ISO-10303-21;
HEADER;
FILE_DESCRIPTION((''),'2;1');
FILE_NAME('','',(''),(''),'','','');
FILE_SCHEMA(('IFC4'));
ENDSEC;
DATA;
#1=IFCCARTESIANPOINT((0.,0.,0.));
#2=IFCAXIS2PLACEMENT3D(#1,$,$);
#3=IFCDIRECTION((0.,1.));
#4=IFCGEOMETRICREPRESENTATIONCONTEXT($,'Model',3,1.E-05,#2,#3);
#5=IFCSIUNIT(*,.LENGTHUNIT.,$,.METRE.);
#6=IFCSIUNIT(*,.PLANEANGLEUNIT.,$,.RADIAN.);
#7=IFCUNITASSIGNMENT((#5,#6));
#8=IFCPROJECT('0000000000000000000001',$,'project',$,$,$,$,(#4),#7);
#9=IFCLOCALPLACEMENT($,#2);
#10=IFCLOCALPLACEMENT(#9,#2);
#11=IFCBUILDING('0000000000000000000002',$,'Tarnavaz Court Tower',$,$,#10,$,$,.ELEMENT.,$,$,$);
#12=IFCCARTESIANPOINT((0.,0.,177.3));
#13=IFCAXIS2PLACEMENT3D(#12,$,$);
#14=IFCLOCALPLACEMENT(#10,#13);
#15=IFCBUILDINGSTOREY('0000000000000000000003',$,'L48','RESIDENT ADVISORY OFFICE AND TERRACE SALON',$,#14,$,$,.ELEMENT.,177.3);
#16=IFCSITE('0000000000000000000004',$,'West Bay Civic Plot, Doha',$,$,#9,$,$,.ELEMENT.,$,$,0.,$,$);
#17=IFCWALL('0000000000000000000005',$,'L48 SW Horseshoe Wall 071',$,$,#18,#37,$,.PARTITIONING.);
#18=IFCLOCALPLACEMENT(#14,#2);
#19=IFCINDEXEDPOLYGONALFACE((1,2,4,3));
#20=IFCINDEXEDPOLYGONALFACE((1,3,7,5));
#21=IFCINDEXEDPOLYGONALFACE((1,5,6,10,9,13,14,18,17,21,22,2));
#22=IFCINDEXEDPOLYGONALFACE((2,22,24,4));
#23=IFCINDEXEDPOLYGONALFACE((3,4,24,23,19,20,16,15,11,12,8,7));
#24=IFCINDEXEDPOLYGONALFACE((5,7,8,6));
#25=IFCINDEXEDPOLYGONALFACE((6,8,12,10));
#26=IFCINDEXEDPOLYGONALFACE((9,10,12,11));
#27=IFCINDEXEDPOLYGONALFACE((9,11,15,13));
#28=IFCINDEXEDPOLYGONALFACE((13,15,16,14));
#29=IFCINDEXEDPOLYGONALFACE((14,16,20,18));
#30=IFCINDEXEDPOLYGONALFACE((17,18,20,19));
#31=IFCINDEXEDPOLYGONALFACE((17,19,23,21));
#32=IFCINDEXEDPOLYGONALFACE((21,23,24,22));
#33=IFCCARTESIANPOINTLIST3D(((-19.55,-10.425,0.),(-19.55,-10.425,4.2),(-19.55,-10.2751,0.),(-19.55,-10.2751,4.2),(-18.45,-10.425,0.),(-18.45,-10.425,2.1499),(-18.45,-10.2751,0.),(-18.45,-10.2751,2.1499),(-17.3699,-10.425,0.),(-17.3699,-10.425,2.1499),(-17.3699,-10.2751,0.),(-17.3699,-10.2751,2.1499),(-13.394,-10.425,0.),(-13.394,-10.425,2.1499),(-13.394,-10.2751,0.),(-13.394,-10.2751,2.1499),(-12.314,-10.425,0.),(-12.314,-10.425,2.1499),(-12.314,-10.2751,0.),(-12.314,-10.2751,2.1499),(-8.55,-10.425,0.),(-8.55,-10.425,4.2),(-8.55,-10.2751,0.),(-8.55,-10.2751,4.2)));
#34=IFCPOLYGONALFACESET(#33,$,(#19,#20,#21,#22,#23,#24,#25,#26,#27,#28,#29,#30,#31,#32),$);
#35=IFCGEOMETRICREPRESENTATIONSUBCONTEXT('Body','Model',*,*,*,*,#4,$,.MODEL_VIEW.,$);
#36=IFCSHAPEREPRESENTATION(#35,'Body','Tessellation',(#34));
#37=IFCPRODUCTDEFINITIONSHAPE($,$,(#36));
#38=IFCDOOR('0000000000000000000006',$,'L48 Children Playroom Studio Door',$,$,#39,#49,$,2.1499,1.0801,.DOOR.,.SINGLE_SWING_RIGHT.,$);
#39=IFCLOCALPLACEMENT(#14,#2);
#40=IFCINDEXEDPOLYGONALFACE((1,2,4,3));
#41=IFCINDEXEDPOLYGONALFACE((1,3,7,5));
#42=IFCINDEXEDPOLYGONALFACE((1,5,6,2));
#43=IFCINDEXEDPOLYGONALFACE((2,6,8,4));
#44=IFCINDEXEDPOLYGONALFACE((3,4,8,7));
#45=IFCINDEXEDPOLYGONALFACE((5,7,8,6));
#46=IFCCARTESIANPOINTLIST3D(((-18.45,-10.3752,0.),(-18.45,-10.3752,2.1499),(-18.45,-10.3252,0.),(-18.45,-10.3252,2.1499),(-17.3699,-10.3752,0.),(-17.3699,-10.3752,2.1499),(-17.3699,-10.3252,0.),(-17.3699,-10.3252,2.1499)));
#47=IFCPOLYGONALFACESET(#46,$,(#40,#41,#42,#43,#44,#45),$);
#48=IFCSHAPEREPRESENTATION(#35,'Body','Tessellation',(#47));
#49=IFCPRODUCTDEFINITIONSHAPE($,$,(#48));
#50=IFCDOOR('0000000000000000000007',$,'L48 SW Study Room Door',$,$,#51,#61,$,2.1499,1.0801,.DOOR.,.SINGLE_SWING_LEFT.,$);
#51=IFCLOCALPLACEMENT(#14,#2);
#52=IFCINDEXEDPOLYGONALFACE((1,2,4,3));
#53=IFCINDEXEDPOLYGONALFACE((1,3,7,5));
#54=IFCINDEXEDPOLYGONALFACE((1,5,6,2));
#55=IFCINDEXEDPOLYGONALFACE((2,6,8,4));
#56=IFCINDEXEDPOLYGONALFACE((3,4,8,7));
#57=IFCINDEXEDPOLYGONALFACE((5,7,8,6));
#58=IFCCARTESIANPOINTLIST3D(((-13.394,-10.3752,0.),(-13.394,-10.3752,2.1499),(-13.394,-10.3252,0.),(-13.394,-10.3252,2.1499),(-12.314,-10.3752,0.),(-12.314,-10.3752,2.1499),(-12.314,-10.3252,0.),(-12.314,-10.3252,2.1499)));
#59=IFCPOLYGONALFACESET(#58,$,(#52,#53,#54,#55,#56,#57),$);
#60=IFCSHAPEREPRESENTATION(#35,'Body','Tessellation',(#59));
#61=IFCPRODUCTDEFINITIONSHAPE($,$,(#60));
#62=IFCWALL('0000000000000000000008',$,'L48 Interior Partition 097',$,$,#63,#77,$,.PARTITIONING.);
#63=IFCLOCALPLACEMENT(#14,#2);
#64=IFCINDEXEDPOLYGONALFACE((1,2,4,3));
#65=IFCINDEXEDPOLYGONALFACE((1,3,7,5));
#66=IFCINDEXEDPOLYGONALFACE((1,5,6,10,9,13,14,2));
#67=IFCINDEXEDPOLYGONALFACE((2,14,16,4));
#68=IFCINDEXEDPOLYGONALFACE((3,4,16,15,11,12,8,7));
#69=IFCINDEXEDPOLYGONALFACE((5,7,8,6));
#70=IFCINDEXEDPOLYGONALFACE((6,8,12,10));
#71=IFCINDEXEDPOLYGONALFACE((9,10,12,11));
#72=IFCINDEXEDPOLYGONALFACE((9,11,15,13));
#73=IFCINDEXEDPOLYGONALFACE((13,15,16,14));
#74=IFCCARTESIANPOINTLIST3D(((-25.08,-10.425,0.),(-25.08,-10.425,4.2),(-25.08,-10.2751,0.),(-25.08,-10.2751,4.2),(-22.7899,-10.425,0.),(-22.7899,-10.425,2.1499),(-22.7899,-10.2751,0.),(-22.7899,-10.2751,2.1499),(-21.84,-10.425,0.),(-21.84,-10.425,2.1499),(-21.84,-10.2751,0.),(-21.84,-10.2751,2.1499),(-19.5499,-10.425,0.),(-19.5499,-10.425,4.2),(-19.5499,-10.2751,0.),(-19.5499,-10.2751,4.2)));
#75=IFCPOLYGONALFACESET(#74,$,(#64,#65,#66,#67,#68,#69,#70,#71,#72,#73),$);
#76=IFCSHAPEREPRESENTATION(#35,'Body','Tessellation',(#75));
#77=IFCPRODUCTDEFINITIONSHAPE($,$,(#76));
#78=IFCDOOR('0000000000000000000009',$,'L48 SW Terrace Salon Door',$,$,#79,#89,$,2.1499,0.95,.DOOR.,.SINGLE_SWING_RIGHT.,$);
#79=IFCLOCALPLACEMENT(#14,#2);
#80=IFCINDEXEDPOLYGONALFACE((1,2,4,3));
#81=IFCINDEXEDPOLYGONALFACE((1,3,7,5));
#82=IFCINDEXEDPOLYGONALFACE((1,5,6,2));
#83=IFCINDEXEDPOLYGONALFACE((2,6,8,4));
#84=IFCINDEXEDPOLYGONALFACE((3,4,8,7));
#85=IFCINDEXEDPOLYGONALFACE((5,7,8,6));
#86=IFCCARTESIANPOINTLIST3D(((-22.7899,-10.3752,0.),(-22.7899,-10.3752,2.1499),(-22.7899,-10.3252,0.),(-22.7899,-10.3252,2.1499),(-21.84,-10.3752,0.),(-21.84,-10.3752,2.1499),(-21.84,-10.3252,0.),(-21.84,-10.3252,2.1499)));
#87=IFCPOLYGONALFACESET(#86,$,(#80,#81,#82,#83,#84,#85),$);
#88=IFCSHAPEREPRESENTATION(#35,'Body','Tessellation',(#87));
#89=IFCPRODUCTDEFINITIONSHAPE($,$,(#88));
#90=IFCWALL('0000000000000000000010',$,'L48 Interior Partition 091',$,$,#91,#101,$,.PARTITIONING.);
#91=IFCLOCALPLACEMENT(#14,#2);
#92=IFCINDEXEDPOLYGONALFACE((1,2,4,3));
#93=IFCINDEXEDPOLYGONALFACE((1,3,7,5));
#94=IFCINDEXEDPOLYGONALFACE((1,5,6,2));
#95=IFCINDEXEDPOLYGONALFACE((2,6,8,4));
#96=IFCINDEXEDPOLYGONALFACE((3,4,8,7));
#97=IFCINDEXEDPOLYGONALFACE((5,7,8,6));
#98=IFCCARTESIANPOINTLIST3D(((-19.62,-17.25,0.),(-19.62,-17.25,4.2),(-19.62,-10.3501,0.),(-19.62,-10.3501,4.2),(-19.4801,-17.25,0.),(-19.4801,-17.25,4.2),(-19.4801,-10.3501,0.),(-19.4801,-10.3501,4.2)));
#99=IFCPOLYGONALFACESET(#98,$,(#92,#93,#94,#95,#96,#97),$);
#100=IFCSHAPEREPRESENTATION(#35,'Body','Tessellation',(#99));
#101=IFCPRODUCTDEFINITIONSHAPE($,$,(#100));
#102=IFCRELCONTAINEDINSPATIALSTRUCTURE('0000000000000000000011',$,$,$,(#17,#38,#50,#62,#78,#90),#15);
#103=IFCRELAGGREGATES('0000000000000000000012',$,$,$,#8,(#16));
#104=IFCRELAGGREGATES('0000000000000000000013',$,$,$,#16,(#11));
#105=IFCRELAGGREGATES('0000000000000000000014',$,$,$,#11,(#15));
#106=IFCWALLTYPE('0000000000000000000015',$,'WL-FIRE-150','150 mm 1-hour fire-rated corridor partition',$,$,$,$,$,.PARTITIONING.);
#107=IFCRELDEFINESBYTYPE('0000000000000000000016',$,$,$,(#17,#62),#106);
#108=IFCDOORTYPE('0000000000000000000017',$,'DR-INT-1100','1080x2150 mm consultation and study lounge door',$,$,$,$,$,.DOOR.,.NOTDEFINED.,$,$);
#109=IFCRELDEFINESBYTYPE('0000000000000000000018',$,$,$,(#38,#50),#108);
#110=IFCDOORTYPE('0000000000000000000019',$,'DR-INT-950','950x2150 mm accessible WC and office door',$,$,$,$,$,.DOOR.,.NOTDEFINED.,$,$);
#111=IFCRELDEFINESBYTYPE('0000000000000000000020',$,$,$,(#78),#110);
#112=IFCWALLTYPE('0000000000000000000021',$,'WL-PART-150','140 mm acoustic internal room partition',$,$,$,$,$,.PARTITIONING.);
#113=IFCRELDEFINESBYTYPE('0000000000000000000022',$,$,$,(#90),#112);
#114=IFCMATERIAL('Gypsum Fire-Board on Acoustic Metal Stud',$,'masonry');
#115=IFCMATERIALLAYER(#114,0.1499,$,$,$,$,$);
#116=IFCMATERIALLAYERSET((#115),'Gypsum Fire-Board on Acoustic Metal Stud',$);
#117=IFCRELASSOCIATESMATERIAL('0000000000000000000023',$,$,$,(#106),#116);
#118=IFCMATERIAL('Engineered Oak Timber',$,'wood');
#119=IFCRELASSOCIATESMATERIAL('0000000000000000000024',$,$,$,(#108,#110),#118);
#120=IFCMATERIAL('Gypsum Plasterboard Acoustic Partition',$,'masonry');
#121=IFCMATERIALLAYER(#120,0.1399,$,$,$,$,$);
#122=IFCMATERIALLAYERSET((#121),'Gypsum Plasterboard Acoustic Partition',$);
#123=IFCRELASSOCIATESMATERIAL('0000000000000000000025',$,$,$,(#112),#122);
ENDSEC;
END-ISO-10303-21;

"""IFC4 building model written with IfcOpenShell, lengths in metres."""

from ifc_helpers import new_model, si_unit, direction, frame, frame_2d, origin, place, context, subcontext, project, spatial, rectangle, extrude, material, layer, layer_set, type_object, element, fill, save


model = new_model("IFC4")

# Units and contexts
model_context = context("Model", 3, precision=1e-05, world=origin(), true_north=direction((0.0, 1.0)))
body_context = subcontext(model_context, "Body", "Model", "MODEL_VIEW")
ifc_project = project(units=[si_unit("LENGTHUNIT", "METRE"), si_unit("PLANEANGLEUNIT", "RADIAN")], contexts=[model_context])

# Site, building, storey
site_placement = place(None, origin())
site = spatial("IfcSite", under=ifc_project, at=site_placement, Name="West Bay Civic Plot, Doha", CompositionType="ELEMENT", RefElevation=0.0)
building_placement = place(site_placement, origin())
building = spatial("IfcBuilding", under=site, at=building_placement, Name="Tarnavaz Court Tower", CompositionType="ELEMENT")
storey_placement = place(building_placement, frame((0.0, 0.0, 177.3)))
storey = spatial("IfcBuildingStorey", under=building, at=storey_placement, Name="L48", Description="RESIDENT ADVISORY OFFICE AND TERRACE SALON", CompositionType="ELEMENT", Elevation=177.3)

# Wall, openings, doors
ifc_material_1 = material(Name="Gypsum Fire-Board on Acoustic Metal Stud", Category="masonry")
ifc_layer_1 = layer(ifc_material_1, 0.1499)
ifc_layer_set_1 = layer_set([ifc_layer_1], Name="Gypsum Fire-Board on Acoustic Metal Stud")
wall_type_1 = type_object("IfcWallType", Name="WL-FIRE-150", Description="150 mm 1-hour fire-rated corridor partition", PredefinedType="PARTITIONING", material=ifc_layer_set_1)
wall_1_placement = place(storey_placement, frame((-19.55, -10.3501, 0.0), z_axis=(0.0, 0.0, 1.0), x_axis=(1.0, 0.0, 0.0)))
wall_1 = element("IfcWall", 1, at=wall_1_placement, inside=storey, type_object=wall_type_1, Name="L48 SW Horseshoe Wall 071", PredefinedType="PARTITIONING", context=body_context, shape_type="SweptSolid", body=[
    extrude(rectangle(XDim=11.0, YDim=0.1499, at=frame_2d((5.5, 0.0))), origin(), (0.0, 0.0, 1.0), 4.2),
])
opening_1_placement = place(wall_1_placement, frame((1.1001, 0.0, 0.0)))
opening_1 = element("IfcOpeningElement", 2, at=opening_1_placement, cuts=wall_1, PredefinedType="OPENING", context=body_context, shape_type="SweptSolid", body=[
    extrude(rectangle(XDim=1.0801, YDim=2.1499, at=frame_2d((0.54, 1.075))), frame((0.0, 0.085, 0.0), z_axis=(0.0, -1.0, 0.0), x_axis=(1.0, 0.0, 0.0)), (0.0, 0.0, 1.0), 0.1699),
])
opening_2_placement = place(wall_1_placement, frame((6.156, 0.0, 0.0)))
opening_2 = element("IfcOpeningElement", 3, at=opening_2_placement, cuts=wall_1, PredefinedType="OPENING", context=body_context, shape_type="SweptSolid", body=[
    extrude(rectangle(XDim=1.0801, YDim=2.1499, at=frame_2d((0.54, 1.075))), frame((0.0, 0.085, 0.0), z_axis=(0.0, -1.0, 0.0), x_axis=(1.0, 0.0, 0.0)), (0.0, 0.0, 1.0), 0.1699),
])
ifc_material_2 = material(Name="Engineered Oak Timber", Category="wood")
door_type_1 = type_object("IfcDoorType", Name="DR-INT-1100", Description="1080x2150 mm consultation and study lounge door", OperationType="NOTDEFINED", PredefinedType="DOOR", material=ifc_material_2)
door_1_placement = place(opening_1_placement, origin())
door_1 = element("IfcDoor", 4, at=door_1_placement, inside=storey, type_object=door_type_1, Name="L48 Children Playroom Studio Door", OperationType="SINGLE_SWING_RIGHT", OverallHeight=2.1499, OverallWidth=1.0801, PredefinedType="DOOR", context=body_context, shape_type="SweptSolid", body=[
    extrude(rectangle(XDim=1.0801, YDim=2.1499, at=frame_2d((0.54, 1.075))), frame((0.0, 0.0249, 0.0), z_axis=(0.0, -1.0, 0.0), x_axis=(1.0, 0.0, 0.0)), (0.0, 0.0, 1.0), 0.05),
])
fill(opening_1, door_1)
door_2_placement = place(opening_2_placement, origin())
door_2 = element("IfcDoor", 5, at=door_2_placement, inside=storey, type_object=door_type_1, Name="L48 SW Study Room Door", OperationType="SINGLE_SWING_LEFT", OverallHeight=2.1499, OverallWidth=1.0801, PredefinedType="DOOR", context=body_context, shape_type="SweptSolid", body=[
    extrude(rectangle(XDim=1.0801, YDim=2.1499, at=frame_2d((0.54, 1.075))), frame((0.0, 0.0249, 0.0), z_axis=(0.0, -1.0, 0.0), x_axis=(1.0, 0.0, 0.0)), (0.0, 0.0, 1.0), 0.05),
])
fill(opening_2, door_2)

# Wall, opening, door
wall_2_placement = place(storey_placement, frame((-25.0801, -10.3501, 0.0), z_axis=(0.0, 0.0, 1.0), x_axis=(1.0, 0.0, 0.0)))
wall_2 = element("IfcWall", 6, at=wall_2_placement, inside=storey, type_object=wall_type_1, Name="L48 Interior Partition 097", PredefinedType="PARTITIONING", context=body_context, shape_type="SweptSolid", body=[
    extrude(rectangle(XDim=5.53, YDim=0.1499, at=frame_2d((2.7651, 0.0))), origin(), (0.0, 0.0, 1.0), 4.2),
])
opening_3_placement = place(wall_2_placement, frame((2.29, 0.0, 0.0)))
opening_3 = element("IfcOpeningElement", 7, at=opening_3_placement, cuts=wall_2, PredefinedType="OPENING", context=body_context, shape_type="SweptSolid", body=[
    extrude(rectangle(XDim=0.95, YDim=2.1499, at=frame_2d((0.4751, 1.075))), frame((0.0, 0.085, 0.0), z_axis=(0.0, -1.0, 0.0), x_axis=(1.0, 0.0, 0.0)), (0.0, 0.0, 1.0), 0.1699),
])
door_type_2 = type_object("IfcDoorType", Name="DR-INT-950", Description="950x2150 mm accessible WC and office door", OperationType="NOTDEFINED", PredefinedType="DOOR", material=ifc_material_2)
door_3_placement = place(opening_3_placement, origin())
door_3 = element("IfcDoor", 8, at=door_3_placement, inside=storey, type_object=door_type_2, Name="L48 SW Terrace Salon Door", OperationType="SINGLE_SWING_RIGHT", OverallHeight=2.1499, OverallWidth=0.95, PredefinedType="DOOR", context=body_context, shape_type="SweptSolid", body=[
    extrude(rectangle(XDim=0.95, YDim=2.1499, at=frame_2d((0.4751, 1.075))), frame((0.0, 0.0249, 0.0), z_axis=(0.0, -1.0, 0.0), x_axis=(1.0, 0.0, 0.0)), (0.0, 0.0, 1.0), 0.05),
])
fill(opening_3, door_3)

# Wall
ifc_material_3 = material(Name="Gypsum Plasterboard Acoustic Partition", Category="masonry")
ifc_layer_2 = layer(ifc_material_3, 0.1399)
ifc_layer_set_2 = layer_set([ifc_layer_2], Name="Gypsum Plasterboard Acoustic Partition")
wall_type_2 = type_object("IfcWallType", Name="WL-PART-150", Description="140 mm acoustic internal room partition", PredefinedType="PARTITIONING", material=ifc_layer_set_2)
wall_3_placement = place(storey_placement, frame((-19.55, -17.25, 0.0), z_axis=(0.0, 0.0, 1.0), x_axis=(0.0, 1.0, 0.0)))
element("IfcWall", 9, at=wall_3_placement, inside=storey, type_object=wall_type_2, Name="L48 Interior Partition 091", PredefinedType="PARTITIONING", context=body_context, shape_type="SweptSolid", body=[
    extrude(rectangle(XDim=6.8999, YDim=0.1399, at=frame_2d((3.45, 0.0))), origin(), (0.0, 0.0, 1.0), 4.2),
])

save(model, "model.ifc")
